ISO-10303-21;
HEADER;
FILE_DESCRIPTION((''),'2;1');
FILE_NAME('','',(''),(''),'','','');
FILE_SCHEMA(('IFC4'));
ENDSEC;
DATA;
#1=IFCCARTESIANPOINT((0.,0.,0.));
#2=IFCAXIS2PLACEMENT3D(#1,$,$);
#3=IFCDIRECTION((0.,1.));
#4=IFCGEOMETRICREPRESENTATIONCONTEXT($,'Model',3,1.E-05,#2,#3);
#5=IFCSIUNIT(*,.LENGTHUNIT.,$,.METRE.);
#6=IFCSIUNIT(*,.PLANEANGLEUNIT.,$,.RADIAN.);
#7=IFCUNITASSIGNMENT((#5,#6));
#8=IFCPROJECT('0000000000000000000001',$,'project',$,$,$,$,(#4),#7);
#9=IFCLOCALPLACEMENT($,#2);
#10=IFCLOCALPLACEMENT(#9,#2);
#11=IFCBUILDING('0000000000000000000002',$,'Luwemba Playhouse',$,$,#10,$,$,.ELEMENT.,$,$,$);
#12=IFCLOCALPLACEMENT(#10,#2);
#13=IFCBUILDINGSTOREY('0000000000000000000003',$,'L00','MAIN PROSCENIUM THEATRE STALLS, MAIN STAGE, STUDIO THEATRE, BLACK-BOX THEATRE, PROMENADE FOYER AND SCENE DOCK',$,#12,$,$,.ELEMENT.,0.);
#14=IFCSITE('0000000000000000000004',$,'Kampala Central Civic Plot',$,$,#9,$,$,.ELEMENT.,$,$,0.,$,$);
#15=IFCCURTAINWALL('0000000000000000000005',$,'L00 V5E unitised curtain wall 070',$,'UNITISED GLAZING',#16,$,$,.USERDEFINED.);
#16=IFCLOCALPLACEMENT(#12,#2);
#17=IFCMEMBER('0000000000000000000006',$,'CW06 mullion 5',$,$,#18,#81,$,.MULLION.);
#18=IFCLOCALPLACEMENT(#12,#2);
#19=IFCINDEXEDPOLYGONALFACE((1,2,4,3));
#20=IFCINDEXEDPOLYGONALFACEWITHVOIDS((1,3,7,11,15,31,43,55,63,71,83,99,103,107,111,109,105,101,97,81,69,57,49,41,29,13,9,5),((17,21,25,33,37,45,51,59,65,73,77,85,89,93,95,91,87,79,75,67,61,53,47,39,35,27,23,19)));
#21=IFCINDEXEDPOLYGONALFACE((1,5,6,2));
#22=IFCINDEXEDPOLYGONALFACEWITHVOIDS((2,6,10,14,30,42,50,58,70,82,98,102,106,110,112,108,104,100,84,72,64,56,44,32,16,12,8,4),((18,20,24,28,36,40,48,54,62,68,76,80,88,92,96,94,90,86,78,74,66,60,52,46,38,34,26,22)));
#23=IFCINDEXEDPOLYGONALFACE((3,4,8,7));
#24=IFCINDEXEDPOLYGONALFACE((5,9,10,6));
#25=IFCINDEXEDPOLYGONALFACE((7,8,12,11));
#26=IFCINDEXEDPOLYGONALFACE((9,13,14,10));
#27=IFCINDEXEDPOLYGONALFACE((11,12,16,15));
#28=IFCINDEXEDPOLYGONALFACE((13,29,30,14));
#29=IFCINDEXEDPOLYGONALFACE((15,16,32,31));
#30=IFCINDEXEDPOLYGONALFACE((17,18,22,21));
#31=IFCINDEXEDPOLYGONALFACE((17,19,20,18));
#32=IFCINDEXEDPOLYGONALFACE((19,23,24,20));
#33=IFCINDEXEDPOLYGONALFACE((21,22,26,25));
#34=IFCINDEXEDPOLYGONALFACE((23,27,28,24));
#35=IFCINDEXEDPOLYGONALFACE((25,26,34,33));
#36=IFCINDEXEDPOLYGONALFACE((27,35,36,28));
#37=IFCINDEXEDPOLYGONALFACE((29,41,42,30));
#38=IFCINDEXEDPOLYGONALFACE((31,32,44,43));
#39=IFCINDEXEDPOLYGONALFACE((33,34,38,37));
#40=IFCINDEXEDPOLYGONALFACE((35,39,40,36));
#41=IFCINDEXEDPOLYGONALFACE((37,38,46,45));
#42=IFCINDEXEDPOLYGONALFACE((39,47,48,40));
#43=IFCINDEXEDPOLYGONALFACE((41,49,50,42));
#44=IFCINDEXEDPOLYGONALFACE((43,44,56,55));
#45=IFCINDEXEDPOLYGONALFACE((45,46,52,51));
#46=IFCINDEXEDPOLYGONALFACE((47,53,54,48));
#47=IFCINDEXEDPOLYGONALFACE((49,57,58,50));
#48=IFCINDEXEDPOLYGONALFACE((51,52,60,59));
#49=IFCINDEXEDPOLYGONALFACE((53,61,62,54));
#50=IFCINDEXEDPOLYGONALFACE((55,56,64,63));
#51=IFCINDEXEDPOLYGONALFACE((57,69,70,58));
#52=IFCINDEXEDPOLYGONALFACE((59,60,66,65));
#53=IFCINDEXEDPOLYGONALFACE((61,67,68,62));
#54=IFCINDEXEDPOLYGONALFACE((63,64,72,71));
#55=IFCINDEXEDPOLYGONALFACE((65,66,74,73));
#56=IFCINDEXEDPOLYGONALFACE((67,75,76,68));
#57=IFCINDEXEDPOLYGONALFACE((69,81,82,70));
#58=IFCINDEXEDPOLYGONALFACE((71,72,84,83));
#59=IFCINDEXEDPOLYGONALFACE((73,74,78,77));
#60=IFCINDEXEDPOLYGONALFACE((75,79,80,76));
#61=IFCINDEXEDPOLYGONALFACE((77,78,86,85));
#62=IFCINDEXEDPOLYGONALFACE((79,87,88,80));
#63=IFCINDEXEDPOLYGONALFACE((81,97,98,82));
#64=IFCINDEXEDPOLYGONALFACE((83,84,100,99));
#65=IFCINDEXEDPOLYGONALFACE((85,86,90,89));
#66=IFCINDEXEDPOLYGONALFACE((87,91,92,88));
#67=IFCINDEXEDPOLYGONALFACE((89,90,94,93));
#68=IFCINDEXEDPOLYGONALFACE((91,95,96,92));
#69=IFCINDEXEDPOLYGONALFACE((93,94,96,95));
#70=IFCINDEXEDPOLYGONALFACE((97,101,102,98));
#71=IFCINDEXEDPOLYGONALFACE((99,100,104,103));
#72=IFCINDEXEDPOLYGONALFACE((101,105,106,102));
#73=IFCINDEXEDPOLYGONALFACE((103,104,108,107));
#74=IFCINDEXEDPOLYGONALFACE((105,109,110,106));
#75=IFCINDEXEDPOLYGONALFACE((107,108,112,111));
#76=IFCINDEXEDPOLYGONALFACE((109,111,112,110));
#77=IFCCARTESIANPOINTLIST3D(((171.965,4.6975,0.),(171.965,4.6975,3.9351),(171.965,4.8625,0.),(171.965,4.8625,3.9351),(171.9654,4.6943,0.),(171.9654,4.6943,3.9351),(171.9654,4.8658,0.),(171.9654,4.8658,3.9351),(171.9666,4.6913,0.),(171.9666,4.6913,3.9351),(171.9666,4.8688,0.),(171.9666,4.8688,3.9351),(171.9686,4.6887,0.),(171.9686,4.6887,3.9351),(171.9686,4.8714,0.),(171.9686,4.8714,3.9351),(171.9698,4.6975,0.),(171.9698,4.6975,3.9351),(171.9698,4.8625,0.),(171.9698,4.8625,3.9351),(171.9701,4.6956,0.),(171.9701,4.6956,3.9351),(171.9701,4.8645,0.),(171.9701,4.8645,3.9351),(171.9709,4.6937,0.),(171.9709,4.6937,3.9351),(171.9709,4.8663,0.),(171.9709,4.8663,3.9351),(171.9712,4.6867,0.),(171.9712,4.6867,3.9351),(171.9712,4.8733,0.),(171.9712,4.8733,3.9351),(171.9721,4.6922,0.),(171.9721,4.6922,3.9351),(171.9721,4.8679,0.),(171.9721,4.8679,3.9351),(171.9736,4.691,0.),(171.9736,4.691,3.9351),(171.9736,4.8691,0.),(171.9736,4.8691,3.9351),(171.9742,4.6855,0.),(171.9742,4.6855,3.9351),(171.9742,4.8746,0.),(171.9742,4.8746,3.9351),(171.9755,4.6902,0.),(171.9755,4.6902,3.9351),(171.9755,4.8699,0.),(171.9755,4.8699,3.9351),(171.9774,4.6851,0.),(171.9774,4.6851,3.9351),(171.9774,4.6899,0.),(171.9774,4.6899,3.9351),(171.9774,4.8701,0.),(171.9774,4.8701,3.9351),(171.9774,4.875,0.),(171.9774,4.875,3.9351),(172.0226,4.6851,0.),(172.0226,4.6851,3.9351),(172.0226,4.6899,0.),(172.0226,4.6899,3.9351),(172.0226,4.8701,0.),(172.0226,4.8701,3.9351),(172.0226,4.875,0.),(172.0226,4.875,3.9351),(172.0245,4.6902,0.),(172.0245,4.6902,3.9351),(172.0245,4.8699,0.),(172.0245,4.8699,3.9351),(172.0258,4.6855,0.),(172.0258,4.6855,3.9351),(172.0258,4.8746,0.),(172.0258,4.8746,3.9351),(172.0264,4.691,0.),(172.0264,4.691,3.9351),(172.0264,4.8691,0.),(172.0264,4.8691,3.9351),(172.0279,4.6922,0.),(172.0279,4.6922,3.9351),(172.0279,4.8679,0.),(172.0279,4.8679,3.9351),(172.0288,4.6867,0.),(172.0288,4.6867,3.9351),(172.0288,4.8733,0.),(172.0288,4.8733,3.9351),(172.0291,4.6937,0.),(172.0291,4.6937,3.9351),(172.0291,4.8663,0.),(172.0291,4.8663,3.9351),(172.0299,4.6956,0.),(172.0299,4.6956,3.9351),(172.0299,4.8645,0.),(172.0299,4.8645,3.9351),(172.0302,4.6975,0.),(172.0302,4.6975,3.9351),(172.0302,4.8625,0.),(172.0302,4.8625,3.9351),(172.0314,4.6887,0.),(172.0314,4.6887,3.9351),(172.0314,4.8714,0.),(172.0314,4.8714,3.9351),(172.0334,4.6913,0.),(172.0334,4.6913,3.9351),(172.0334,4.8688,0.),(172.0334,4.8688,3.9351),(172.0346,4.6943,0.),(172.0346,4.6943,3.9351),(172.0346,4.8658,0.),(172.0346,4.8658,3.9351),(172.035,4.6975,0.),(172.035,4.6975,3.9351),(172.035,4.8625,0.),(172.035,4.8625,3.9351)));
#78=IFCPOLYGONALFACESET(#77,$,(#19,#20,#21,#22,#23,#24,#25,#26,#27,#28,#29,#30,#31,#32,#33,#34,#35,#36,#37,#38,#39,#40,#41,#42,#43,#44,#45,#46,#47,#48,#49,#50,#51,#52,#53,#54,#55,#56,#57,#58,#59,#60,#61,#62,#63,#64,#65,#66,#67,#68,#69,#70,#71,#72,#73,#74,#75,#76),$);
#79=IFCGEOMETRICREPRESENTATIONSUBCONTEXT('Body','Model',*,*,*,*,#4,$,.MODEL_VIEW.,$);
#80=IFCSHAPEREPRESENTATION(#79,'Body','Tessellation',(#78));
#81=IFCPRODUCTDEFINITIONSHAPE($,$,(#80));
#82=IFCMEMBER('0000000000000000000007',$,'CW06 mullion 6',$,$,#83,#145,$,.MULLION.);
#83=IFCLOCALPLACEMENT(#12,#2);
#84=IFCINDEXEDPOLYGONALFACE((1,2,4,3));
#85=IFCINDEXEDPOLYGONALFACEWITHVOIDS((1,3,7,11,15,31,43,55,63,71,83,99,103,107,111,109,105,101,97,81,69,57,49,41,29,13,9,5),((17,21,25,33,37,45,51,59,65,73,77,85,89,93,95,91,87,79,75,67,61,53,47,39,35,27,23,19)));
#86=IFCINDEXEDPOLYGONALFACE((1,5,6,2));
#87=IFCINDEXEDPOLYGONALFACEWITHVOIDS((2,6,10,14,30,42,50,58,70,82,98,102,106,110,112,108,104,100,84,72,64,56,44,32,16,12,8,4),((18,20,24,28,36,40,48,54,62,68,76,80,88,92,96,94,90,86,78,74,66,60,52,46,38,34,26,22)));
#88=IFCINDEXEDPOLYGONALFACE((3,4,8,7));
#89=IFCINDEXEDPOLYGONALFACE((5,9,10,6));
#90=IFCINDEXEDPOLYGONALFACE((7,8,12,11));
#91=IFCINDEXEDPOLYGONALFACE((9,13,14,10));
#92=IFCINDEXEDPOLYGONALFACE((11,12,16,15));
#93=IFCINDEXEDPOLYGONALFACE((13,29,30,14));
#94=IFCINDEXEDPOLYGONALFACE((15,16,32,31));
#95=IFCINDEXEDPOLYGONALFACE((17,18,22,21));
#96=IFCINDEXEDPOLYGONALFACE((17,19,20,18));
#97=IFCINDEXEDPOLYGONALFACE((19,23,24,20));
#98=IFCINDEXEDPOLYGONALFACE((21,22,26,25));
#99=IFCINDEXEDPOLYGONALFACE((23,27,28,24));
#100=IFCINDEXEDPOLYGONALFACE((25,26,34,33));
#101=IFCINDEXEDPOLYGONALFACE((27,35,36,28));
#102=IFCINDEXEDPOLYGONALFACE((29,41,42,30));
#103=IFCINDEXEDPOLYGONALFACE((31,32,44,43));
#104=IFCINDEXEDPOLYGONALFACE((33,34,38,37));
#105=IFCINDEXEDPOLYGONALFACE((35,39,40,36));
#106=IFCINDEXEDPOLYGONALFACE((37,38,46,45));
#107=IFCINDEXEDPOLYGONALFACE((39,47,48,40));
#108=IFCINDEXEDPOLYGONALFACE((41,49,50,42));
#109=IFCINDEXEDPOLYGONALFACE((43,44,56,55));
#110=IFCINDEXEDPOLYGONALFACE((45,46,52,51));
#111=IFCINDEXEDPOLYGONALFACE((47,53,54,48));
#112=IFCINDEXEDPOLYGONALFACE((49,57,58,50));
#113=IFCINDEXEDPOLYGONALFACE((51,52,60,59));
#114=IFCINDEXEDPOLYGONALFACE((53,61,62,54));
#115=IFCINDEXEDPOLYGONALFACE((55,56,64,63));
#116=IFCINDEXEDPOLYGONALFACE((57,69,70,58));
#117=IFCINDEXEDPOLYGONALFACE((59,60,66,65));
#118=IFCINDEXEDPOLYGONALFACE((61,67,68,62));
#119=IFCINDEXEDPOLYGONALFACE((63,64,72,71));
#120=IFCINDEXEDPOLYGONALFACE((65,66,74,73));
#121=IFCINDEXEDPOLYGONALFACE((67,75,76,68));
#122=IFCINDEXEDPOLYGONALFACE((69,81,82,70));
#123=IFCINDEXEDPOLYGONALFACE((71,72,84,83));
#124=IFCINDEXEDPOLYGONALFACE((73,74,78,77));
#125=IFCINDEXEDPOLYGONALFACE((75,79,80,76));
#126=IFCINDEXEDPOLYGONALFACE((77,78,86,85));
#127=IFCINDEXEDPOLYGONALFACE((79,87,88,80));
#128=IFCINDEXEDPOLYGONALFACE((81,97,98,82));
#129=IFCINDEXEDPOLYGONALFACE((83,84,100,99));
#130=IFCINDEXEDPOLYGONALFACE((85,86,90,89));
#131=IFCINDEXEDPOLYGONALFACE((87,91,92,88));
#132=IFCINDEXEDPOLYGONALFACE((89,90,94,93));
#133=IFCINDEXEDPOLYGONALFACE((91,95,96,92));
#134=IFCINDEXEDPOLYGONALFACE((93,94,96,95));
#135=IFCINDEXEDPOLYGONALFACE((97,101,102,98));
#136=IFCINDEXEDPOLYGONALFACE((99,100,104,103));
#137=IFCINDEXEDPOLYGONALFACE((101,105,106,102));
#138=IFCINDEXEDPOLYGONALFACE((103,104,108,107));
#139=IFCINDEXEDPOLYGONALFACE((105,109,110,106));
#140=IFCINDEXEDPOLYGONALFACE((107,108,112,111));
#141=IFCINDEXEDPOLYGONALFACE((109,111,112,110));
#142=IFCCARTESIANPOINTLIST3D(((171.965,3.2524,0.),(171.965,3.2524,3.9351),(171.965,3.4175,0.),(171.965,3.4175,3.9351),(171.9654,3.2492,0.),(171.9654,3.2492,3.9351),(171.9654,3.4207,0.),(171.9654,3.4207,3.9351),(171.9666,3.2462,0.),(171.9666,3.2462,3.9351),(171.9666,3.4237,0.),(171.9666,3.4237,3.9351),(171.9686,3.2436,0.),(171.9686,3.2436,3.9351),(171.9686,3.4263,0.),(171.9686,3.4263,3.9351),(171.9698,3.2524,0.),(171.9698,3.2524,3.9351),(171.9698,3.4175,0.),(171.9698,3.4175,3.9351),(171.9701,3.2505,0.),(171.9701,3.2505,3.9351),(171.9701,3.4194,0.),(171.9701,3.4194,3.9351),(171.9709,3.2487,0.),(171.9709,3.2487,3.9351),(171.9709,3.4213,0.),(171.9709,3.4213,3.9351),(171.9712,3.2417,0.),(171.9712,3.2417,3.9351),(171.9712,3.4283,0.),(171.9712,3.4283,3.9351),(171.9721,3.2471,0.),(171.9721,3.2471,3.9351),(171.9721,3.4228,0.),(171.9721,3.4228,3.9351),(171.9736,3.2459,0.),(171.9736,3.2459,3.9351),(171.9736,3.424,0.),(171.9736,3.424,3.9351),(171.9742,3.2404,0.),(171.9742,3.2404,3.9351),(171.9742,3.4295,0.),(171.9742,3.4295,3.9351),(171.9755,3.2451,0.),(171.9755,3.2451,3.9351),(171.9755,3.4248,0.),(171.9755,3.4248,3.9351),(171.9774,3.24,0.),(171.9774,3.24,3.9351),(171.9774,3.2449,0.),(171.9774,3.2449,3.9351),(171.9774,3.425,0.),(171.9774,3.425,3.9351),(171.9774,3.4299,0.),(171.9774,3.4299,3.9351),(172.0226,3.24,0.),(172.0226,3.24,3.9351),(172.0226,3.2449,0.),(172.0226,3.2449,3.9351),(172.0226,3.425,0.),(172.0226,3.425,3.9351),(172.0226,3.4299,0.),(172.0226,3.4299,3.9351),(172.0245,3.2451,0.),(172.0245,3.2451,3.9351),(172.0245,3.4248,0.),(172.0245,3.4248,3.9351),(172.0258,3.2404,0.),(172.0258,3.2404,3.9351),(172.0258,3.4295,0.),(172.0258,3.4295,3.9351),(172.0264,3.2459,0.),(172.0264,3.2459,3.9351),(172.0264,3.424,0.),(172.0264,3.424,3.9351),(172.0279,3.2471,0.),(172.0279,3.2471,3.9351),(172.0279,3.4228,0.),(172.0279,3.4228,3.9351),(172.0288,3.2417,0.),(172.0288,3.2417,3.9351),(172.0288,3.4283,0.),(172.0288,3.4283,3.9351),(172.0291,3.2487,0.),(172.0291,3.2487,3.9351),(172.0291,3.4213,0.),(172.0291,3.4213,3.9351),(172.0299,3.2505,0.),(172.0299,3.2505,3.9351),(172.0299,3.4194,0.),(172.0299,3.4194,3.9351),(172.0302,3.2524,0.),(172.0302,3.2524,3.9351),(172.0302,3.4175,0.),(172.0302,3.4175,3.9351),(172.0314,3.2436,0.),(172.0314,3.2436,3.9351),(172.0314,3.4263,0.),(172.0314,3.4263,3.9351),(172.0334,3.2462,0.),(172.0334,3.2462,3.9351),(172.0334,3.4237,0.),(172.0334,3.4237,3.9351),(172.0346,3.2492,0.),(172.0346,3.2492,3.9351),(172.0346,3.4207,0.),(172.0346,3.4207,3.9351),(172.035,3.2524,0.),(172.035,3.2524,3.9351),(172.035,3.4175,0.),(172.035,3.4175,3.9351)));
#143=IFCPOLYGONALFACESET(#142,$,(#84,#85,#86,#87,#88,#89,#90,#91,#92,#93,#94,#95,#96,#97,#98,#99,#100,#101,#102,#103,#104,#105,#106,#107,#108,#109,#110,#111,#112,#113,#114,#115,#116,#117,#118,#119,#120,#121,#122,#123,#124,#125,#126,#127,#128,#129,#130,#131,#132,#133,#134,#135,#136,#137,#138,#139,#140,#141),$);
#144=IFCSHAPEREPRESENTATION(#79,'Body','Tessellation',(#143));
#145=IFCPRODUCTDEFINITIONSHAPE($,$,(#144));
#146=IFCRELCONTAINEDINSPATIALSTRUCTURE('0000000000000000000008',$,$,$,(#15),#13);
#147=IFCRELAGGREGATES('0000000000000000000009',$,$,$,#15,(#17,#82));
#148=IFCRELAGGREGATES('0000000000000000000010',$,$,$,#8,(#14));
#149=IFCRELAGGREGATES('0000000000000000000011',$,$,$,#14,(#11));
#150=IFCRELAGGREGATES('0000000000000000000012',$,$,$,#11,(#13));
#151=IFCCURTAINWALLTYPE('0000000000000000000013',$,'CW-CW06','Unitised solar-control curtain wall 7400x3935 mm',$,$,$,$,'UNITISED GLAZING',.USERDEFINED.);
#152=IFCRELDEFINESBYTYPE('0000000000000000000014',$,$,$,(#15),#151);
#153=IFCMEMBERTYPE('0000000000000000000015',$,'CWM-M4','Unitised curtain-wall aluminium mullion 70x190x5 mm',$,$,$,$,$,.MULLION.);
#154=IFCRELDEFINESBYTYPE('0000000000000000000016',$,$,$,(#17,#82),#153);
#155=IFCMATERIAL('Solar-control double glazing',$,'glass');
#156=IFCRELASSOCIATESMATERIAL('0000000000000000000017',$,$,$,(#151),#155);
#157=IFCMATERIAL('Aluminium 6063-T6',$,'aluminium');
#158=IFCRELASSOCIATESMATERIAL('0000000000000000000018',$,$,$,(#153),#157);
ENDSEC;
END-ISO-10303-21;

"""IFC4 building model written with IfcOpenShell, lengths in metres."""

from ifc_helpers import new_model, si_unit, direction, frame, origin, origin_2d, place, context, subcontext, project, spatial, hollow_rectangle, extrude, material, material_profile, profile_set, type_object, element, aggregate, save


model = new_model("IFC4")

# Units and contexts
model_context = context("Model", 3, precision=1e-05, world=origin(), true_north=direction((0.0, 1.0)))
body_context = subcontext(model_context, "Body", "Model", "MODEL_VIEW")
ifc_project = project(units=[si_unit("LENGTHUNIT", "METRE"), si_unit("PLANEANGLEUNIT", "RADIAN")], contexts=[model_context])

# Site, building, storey
site_placement = place(None, origin())
site = spatial("IfcSite", under=ifc_project, at=site_placement, Name="Kampala Central Civic Plot", CompositionType="ELEMENT", RefElevation=0.0)
building_placement = place(site_placement, origin())
building = spatial("IfcBuilding", under=site, at=building_placement, Name="Luwemba Playhouse", CompositionType="ELEMENT")
storey_placement = place(building_placement, origin())
storey = spatial("IfcBuildingStorey", under=building, at=storey_placement, Name="L00", Description="MAIN PROSCENIUM THEATRE STALLS, MAIN STAGE, STUDIO THEATRE, BLACK-BOX THEATRE, PROMENADE FOYER AND SCENE DOCK", CompositionType="ELEMENT", Elevation=0.0)

# Curtain wall, members
ifc_material_1 = material(Name="Solar-control double glazing", Category="glass")
curtain_wall_type = type_object("IfcCurtainWallType", Name="CW-CW06", Description="Unitised solar-control curtain wall 7400x3935 mm", ElementType="UNITISED GLAZING", PredefinedType="USERDEFINED", material=ifc_material_1)
curtain_wall_placement = place(storey_placement, origin())
curtain_wall = element("IfcCurtainWall", 1, at=curtain_wall_placement, inside=storey, type_object=curtain_wall_type, Name="L00 V5E unitised curtain wall 070", ObjectType="UNITISED GLAZING", PredefinedType="USERDEFINED")
ifc_material_2 = material(Name="Aluminium 6063-T6", Category="aluminium")
ifc_material_profile_1 = material_profile(ifc_material_2, hollow_rectangle(XDim=0.0701, YDim=0.1899, WallThickness=0.0049, InnerFilletRadius=0.0076, OuterFilletRadius=0.0125, at=origin_2d()))
ifc_profile_set_1 = profile_set([ifc_material_profile_1], Name="Aluminium 6063-T6")
member_type_1 = type_object("IfcMemberType", Name="CWM-M4", Description="Unitised curtain-wall aluminium mullion 70x190x5 mm", PredefinedType="MULLION", material=ifc_profile_set_1)
member_1_placement = place(storey_placement, frame((172.0, 4.78, 0.0), z_axis=(0.0, 0.0, 1.0), x_axis=(1.0, 0.0, 0.0)))
member_1 = element("IfcMember", 2, at=member_1_placement, type_object=member_type_1, Name="CW06 mullion 5", PredefinedType="MULLION", context=body_context, shape_type="SweptSolid", body=[
    extrude(hollow_rectangle(XDim=0.0701, YDim=0.1899, WallThickness=0.0049, InnerFilletRadius=0.0076, OuterFilletRadius=0.0125, at=origin_2d()), origin(), (0.0, 0.0, 1.0), 3.9351),
])
member_2_placement = place(storey_placement, frame((172.0, 3.335, 0.0), z_axis=(0.0, 0.0, 1.0), x_axis=(1.0, 0.0, 0.0)))
member_2 = element("IfcMember", 3, at=member_2_placement, type_object=member_type_1, Name="CW06 mullion 6", PredefinedType="MULLION", context=body_context, shape_type="SweptSolid", body=[
    extrude(hollow_rectangle(XDim=0.0701, YDim=0.1899, WallThickness=0.0049, InnerFilletRadius=0.0076, OuterFilletRadius=0.0125, at=origin_2d()), origin(), (0.0, 0.0, 1.0), 3.9351),
])
aggregate(curtain_wall, [member_1, member_2])

save(model, "model.ifc")
